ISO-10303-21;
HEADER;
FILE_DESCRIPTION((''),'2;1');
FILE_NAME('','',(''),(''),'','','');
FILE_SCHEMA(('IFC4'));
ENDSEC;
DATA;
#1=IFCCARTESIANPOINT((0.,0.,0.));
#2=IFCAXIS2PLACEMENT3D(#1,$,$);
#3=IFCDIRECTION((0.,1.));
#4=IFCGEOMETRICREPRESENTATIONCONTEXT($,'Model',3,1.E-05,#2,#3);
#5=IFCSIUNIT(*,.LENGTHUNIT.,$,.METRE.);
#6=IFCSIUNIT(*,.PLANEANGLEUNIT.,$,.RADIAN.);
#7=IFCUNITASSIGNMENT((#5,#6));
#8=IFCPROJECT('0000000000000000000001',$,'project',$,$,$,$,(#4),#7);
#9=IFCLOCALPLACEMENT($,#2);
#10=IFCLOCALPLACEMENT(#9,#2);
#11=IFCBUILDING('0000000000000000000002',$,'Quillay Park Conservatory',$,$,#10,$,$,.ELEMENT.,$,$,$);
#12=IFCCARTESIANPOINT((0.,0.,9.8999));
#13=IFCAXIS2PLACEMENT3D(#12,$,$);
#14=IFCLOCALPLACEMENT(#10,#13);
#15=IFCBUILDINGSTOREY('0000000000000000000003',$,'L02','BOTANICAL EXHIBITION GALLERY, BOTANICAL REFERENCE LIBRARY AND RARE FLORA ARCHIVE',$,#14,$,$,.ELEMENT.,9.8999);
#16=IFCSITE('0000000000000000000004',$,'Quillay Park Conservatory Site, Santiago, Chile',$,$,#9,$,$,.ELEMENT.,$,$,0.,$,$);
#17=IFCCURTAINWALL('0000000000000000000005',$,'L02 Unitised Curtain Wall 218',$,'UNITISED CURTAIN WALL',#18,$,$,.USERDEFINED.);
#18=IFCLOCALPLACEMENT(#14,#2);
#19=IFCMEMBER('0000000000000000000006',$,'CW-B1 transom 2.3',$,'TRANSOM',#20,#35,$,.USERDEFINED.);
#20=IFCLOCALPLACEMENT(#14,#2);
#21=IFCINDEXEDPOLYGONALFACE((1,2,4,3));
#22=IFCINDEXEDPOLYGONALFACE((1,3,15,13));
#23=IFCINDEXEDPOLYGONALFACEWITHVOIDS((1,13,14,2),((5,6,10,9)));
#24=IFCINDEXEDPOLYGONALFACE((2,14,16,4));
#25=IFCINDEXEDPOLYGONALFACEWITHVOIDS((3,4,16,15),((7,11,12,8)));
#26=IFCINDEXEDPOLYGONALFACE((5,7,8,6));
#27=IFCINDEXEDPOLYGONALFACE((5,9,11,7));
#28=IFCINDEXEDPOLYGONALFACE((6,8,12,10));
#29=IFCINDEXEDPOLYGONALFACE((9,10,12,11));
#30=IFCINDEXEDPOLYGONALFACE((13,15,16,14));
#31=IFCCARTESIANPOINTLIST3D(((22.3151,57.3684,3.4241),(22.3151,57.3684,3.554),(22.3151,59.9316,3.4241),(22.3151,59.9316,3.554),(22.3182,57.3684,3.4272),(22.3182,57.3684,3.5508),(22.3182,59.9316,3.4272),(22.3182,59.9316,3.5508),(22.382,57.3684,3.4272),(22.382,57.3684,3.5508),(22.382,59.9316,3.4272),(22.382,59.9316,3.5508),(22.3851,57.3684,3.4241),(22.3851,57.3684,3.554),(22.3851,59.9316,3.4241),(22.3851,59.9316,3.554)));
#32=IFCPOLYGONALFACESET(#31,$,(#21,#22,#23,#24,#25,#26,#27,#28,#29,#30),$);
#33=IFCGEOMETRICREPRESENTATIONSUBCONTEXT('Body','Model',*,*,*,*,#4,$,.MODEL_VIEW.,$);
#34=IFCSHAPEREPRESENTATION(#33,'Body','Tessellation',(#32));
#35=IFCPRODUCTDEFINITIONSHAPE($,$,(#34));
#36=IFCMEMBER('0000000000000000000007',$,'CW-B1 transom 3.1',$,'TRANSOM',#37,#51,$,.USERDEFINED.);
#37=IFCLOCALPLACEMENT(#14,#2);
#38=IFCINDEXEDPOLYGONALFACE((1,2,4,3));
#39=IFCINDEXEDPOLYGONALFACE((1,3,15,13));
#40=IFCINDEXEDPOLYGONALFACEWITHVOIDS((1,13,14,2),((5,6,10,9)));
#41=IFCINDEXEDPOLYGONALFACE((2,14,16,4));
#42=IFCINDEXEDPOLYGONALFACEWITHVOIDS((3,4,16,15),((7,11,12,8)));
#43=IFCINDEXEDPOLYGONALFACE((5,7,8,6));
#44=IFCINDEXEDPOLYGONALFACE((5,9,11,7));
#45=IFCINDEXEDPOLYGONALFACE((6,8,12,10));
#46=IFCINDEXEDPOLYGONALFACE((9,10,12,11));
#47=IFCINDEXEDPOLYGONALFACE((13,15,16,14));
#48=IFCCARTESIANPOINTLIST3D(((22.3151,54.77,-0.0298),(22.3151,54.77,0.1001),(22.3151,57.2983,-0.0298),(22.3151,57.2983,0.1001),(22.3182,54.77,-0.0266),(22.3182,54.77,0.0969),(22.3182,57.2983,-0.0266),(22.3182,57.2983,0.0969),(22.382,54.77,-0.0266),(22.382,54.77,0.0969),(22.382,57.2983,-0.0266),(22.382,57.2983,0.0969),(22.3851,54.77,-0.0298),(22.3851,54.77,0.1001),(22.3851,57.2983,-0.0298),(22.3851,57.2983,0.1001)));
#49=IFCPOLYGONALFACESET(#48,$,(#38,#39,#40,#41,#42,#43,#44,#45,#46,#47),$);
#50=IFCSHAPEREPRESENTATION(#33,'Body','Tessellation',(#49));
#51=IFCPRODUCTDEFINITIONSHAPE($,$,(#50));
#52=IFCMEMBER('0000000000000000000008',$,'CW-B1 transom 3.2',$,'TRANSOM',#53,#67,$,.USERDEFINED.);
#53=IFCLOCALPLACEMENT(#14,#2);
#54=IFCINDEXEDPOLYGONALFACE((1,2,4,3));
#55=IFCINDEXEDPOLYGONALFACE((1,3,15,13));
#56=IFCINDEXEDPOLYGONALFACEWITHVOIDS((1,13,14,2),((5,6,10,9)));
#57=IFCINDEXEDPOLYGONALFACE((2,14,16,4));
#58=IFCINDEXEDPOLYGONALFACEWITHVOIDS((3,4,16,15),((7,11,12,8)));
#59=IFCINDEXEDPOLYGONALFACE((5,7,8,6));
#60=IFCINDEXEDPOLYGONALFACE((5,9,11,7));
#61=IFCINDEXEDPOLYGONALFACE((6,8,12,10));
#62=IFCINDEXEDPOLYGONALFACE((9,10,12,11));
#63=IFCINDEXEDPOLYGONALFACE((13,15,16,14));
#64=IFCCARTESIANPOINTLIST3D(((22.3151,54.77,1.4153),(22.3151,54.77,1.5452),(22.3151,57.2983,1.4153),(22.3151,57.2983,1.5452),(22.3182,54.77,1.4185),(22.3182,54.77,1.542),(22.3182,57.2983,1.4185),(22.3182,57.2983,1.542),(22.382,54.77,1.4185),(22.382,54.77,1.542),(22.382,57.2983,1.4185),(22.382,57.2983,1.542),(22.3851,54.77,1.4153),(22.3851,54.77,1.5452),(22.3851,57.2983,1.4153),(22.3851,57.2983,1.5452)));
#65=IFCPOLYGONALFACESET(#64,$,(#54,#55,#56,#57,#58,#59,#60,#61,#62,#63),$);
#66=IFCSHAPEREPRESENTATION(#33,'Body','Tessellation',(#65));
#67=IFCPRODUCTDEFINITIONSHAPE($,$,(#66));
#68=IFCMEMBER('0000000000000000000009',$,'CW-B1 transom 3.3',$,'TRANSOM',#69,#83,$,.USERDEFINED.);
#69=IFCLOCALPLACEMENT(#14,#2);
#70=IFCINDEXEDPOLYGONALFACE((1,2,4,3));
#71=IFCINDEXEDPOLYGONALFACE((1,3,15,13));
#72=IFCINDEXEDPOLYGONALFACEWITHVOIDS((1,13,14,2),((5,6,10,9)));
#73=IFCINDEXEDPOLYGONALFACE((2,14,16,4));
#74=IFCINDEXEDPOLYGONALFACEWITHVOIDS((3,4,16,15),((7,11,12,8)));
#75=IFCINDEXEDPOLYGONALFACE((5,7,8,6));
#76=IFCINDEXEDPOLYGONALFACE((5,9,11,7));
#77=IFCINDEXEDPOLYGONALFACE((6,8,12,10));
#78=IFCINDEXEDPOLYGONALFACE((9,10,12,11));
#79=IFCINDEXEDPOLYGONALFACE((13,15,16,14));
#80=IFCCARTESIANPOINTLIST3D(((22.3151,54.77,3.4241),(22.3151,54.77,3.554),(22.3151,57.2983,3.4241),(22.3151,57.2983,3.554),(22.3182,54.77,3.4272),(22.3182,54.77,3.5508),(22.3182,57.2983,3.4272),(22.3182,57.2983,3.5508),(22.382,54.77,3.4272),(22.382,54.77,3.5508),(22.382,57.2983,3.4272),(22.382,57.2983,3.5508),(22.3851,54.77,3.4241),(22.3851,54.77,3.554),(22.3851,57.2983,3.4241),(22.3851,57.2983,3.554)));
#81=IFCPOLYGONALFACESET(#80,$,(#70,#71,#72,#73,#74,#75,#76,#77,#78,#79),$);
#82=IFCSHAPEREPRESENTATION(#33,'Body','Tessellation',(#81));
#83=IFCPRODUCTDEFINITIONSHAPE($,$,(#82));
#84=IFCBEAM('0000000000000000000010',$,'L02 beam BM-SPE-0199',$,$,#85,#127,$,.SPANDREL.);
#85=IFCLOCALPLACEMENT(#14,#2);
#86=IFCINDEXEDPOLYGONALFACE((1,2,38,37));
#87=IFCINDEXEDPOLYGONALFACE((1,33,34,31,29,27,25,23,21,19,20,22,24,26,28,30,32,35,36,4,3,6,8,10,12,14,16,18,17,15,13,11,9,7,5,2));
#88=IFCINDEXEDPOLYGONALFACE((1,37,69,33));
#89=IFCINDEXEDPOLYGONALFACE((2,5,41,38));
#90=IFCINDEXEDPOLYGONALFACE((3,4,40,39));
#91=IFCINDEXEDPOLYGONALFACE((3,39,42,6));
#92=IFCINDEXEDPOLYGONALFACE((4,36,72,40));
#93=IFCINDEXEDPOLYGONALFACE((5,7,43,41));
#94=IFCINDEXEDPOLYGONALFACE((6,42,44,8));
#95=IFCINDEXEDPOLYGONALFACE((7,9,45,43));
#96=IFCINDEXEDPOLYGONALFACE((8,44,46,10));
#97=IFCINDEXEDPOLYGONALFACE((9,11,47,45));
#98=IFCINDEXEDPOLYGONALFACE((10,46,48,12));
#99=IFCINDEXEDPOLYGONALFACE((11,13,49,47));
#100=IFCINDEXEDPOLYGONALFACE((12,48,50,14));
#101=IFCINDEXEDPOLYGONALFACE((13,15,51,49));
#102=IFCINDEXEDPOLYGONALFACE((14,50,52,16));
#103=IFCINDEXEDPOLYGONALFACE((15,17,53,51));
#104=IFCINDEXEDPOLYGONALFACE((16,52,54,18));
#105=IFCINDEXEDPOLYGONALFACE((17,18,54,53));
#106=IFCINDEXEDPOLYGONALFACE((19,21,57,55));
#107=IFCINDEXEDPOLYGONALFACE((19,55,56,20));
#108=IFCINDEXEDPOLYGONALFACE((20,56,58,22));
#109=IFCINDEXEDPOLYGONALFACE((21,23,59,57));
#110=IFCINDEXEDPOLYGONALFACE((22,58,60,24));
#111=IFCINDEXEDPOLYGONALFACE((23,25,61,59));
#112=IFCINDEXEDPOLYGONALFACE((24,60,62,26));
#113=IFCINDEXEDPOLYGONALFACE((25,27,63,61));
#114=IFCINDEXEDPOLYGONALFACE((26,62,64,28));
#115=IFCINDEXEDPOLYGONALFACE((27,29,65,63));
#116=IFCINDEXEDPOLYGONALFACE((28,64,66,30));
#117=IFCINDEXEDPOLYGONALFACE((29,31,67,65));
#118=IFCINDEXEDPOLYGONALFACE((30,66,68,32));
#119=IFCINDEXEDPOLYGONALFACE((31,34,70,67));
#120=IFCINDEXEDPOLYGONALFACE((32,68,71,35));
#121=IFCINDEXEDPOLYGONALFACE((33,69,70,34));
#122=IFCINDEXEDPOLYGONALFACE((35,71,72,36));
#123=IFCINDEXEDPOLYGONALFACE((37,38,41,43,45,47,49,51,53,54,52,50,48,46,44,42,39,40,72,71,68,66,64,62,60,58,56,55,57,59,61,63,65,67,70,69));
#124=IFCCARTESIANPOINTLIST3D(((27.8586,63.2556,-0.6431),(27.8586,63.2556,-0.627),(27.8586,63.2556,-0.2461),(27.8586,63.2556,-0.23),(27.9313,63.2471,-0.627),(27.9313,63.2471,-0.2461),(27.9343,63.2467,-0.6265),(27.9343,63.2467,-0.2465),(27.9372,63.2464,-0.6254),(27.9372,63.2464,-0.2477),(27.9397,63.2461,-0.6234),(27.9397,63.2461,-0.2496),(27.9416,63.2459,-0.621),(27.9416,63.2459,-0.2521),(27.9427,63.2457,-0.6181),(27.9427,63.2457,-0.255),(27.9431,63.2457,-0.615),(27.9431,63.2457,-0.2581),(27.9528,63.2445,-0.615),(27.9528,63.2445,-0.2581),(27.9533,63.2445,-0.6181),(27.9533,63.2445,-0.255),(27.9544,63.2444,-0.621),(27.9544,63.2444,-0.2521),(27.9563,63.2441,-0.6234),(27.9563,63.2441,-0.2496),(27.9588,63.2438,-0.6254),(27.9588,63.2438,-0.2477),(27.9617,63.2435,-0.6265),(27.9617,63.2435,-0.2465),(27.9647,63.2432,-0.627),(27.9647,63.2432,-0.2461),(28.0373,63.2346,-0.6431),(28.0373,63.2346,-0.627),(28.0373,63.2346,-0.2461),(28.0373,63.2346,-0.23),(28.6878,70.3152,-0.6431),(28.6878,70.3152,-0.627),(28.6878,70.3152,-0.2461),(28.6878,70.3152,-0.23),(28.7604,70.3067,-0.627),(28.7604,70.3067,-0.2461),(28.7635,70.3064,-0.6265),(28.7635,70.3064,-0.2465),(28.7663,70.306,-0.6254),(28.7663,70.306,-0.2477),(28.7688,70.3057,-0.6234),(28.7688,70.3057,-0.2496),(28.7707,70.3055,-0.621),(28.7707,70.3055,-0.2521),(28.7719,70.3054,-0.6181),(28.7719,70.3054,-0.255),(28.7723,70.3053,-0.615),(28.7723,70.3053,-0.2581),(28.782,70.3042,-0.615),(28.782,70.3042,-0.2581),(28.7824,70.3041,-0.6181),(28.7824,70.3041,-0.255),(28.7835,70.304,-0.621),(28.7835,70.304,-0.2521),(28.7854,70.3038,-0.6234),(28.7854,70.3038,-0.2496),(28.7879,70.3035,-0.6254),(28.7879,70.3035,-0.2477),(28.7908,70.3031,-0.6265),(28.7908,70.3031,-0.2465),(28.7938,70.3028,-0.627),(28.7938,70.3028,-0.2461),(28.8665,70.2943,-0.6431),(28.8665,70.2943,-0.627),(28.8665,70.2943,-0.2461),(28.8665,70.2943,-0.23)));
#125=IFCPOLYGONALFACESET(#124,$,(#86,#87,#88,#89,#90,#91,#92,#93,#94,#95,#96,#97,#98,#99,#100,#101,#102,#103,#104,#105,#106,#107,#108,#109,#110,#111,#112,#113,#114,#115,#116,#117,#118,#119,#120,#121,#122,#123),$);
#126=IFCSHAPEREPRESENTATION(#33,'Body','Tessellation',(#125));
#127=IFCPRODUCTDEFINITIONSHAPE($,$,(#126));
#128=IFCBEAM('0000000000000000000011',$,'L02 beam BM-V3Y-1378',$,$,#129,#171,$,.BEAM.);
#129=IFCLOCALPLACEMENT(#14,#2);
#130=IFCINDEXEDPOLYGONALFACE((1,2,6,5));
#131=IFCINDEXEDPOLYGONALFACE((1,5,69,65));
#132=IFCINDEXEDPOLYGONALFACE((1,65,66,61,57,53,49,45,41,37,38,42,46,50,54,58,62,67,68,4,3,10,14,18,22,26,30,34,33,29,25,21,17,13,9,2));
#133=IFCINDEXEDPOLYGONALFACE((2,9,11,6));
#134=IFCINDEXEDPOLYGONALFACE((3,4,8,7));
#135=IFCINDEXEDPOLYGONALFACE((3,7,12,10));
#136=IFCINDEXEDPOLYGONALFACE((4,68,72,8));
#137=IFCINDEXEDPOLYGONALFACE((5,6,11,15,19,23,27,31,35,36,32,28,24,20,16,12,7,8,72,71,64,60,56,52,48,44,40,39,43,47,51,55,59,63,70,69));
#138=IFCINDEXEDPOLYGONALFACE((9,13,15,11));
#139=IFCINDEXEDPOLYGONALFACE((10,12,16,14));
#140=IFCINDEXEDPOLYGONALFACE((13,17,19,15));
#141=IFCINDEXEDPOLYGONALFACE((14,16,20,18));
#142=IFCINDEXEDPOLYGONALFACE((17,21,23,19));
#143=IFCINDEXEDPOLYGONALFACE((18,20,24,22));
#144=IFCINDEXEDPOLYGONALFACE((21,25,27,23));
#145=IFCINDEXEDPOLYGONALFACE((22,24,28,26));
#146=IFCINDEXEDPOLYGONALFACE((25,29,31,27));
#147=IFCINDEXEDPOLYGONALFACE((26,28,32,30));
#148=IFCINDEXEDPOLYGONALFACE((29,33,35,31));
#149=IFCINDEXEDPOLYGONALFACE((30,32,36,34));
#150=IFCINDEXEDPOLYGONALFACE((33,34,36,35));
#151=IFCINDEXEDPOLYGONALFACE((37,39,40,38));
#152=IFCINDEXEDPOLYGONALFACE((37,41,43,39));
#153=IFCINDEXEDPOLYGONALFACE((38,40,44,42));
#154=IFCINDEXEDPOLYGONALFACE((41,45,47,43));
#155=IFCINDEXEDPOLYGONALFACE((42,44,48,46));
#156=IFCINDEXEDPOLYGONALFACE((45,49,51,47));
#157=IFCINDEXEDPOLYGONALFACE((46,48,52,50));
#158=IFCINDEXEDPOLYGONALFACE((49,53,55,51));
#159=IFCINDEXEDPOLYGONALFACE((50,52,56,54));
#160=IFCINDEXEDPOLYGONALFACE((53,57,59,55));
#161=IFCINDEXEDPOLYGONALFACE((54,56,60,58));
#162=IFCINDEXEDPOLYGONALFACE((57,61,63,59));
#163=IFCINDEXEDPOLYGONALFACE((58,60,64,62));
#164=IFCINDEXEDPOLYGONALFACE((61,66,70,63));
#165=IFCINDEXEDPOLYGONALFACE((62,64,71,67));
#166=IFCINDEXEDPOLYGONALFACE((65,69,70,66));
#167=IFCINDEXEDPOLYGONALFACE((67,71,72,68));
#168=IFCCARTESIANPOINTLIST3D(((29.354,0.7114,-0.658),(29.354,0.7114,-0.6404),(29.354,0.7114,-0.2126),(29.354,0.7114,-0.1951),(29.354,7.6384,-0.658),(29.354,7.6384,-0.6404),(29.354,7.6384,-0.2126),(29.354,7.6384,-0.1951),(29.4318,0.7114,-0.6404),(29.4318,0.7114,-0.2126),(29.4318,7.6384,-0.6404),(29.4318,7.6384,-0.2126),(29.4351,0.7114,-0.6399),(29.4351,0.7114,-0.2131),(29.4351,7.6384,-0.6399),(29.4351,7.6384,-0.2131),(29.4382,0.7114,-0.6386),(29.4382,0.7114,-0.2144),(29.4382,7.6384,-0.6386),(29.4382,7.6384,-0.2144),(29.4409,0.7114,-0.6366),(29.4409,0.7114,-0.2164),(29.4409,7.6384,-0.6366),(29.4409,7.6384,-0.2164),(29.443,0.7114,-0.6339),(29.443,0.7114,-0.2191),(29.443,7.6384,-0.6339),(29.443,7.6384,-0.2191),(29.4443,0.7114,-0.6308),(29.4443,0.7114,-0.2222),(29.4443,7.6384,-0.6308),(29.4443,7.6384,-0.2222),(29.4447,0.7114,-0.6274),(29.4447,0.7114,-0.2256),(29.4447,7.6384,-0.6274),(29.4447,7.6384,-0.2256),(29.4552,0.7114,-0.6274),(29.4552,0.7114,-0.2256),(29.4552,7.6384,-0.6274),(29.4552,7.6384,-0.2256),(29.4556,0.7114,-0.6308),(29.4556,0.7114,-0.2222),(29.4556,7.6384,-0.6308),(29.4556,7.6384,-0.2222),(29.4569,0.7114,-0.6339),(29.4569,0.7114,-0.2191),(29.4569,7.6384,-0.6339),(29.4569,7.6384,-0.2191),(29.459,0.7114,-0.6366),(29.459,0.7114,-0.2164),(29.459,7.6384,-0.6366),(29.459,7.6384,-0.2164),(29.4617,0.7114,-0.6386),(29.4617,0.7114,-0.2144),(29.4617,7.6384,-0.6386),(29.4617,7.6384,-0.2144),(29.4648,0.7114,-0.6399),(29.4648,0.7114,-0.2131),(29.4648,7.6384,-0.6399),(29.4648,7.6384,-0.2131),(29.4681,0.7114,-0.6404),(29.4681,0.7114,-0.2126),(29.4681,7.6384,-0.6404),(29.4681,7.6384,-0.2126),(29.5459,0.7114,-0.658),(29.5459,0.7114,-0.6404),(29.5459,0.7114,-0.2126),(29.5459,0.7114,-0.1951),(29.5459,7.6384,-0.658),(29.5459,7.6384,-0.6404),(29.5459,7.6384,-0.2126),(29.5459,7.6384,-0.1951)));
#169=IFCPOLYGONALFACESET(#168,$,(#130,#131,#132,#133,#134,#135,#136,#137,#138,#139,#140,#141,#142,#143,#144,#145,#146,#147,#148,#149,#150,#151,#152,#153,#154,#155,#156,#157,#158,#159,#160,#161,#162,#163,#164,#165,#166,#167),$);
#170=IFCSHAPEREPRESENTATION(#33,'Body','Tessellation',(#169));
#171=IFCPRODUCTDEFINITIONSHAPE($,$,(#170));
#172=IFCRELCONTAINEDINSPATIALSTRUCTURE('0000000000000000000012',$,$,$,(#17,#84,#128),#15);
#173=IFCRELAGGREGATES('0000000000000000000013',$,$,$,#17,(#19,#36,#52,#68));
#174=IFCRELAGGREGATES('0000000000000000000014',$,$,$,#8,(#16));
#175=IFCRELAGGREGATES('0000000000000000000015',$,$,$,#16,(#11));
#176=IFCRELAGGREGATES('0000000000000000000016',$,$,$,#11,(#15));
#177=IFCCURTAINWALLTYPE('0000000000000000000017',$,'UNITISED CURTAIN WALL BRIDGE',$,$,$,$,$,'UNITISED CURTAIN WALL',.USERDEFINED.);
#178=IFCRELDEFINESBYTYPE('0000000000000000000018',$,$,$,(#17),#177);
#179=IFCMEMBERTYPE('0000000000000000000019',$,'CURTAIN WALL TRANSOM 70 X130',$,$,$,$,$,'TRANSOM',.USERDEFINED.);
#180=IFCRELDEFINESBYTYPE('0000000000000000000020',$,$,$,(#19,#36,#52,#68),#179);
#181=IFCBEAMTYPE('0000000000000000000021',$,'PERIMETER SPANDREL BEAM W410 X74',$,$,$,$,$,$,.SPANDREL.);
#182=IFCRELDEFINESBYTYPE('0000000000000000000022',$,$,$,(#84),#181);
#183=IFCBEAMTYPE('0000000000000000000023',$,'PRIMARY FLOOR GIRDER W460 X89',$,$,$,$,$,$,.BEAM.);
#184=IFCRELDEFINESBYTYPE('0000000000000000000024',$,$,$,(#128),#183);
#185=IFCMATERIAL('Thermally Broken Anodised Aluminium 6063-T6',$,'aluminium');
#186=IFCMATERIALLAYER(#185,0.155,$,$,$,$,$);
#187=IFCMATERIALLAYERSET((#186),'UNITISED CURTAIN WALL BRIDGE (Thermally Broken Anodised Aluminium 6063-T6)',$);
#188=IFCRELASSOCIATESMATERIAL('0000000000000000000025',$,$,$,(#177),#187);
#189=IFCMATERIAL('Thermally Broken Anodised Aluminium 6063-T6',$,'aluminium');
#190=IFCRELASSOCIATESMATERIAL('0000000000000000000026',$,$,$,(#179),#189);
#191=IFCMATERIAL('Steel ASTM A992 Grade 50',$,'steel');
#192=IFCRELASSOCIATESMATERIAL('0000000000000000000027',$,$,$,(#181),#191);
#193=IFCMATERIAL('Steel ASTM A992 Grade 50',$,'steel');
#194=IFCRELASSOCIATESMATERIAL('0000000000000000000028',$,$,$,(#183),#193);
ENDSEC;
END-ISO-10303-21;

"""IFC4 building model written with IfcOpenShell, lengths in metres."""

from ifc_helpers import new_model, si_unit, direction, frame, origin, origin_2d, place, context, subcontext, project, spatial, hollow_rectangle, i_section, extrude, material, layer, layer_set, material_profile, profile_set, type_object, element, aggregate, save


model = new_model("IFC4")

# Units and contexts
model_context = context("Model", 3, precision=1e-05, world=origin(), true_north=direction((0.0, 1.0)))
body_context = subcontext(model_context, "Body", "Model", "MODEL_VIEW")
ifc_project = project(units=[si_unit("LENGTHUNIT", "METRE"), si_unit("PLANEANGLEUNIT", "RADIAN")], contexts=[model_context])

# Site, building, storey
site_placement = place(None, origin())
site = spatial("IfcSite", under=ifc_project, at=site_placement, Name="Quillay Park Conservatory Site, Santiago, Chile", CompositionType="ELEMENT", RefElevation=0.0)
building_placement = place(site_placement, origin())
building = spatial("IfcBuilding", under=site, at=building_placement, Name="Quillay Park Conservatory", CompositionType="ELEMENT")
storey_placement = place(building_placement, frame((0.0, 0.0, 9.8999)))
storey = spatial("IfcBuildingStorey", under=building, at=storey_placement, Name="L02", Description="BOTANICAL EXHIBITION GALLERY, BOTANICAL REFERENCE LIBRARY AND RARE FLORA ARCHIVE", CompositionType="ELEMENT", Elevation=9.8999)

# Curtain wall
ifc_material_1 = material(Name="Thermally Broken Anodised Aluminium 6063-T6", Category="aluminium")
ifc_layer_1 = layer(ifc_material_1, 0.155)
ifc_layer_set_1 = layer_set([ifc_layer_1], Name="UNITISED CURTAIN WALL BRIDGE (Thermally Broken Anodised Aluminium 6063-T6)")
curtain_wall_type_1 = type_object("IfcCurtainWallType", Name="UNITISED CURTAIN WALL BRIDGE", ElementType="UNITISED CURTAIN WALL", PredefinedType="USERDEFINED", material=ifc_layer_set_1)
curtain_wall_1_placement = place(storey_placement, origin())
curtain_wall_1 = element("IfcCurtainWall", 1, at=curtain_wall_1_placement, inside=storey, type_object=curtain_wall_type_1, Name="L02 Unitised Curtain Wall 218", ObjectType="UNITISED CURTAIN WALL", PredefinedType="USERDEFINED")

# Members
ifc_material_2 = material(Name="Thermally Broken Anodised Aluminium 6063-T6", Category="aluminium")
ifc_material_profile_1 = material_profile(ifc_material_2, hollow_rectangle(XDim=0.0701, YDim=0.1299, WallThickness=0.0032, at=origin_2d()), Name="AL70x130x3.2")
ifc_profile_set_1 = profile_set([ifc_material_profile_1], Name="Thermally Broken Anodised Aluminium 6063-T6")
member_type_1 = type_object("IfcMemberType", Name="CURTAIN WALL TRANSOM 70 X130", ElementType="TRANSOM", PredefinedType="USERDEFINED", material=ifc_profile_set_1)
member_1_placement = place(storey_placement, frame((22.3501, 59.9316, 3.489), z_axis=(0.0, -1.0, 0.0), x_axis=(1.0, 0.0, 0.0)))
member_1 = element("IfcMember", 2, at=member_1_placement, type_object=member_type_1, Name="CW-B1 transom 2.3", ObjectType="TRANSOM", PredefinedType="USERDEFINED", context=body_context, shape_type="SweptSolid", body=[
    extrude(hollow_rectangle(XDim=0.0701, YDim=0.1299, WallThickness=0.0032, at=origin_2d()), origin(), (0.0, 0.0, 1.0), 2.5632),
])
member_2_placement = place(storey_placement, frame((22.3501, 57.2983, 0.0352), z_axis=(0.0, -1.0, 0.0), x_axis=(1.0, 0.0, 0.0)))
member_2 = element("IfcMember", 3, at=member_2_placement, type_object=member_type_1, Name="CW-B1 transom 3.1", ObjectType="TRANSOM", PredefinedType="USERDEFINED", context=body_context, shape_type="SweptSolid", body=[
    extrude(hollow_rectangle(XDim=0.0701, YDim=0.1299, WallThickness=0.0032, at=origin_2d()), origin(), (0.0, 0.0, 1.0), 2.5283),
])
member_3_placement = place(storey_placement, frame((22.3501, 57.2983, 1.4802), z_axis=(0.0, -1.0, 0.0), x_axis=(1.0, 0.0, 0.0)))
member_3 = element("IfcMember", 4, at=member_3_placement, type_object=member_type_1, Name="CW-B1 transom 3.2", ObjectType="TRANSOM", PredefinedType="USERDEFINED", context=body_context, shape_type="SweptSolid", body=[
    extrude(hollow_rectangle(XDim=0.0701, YDim=0.1299, WallThickness=0.0032, at=origin_2d()), origin(), (0.0, 0.0, 1.0), 2.5283),
])
member_4_placement = place(storey_placement, frame((22.3501, 57.2983, 3.489), z_axis=(0.0, -1.0, 0.0), x_axis=(1.0, 0.0, 0.0)))
member_4 = element("IfcMember", 5, at=member_4_placement, type_object=member_type_1, Name="CW-B1 transom 3.3", ObjectType="TRANSOM", PredefinedType="USERDEFINED", context=body_context, shape_type="SweptSolid", body=[
    extrude(hollow_rectangle(XDim=0.0701, YDim=0.1299, WallThickness=0.0032, at=origin_2d()), origin(), (0.0, 0.0, 1.0), 2.5283),
])

# Beams
ifc_material_3 = material(Name="Steel ASTM A992 Grade 50", Category="steel")
ifc_material_profile_2 = material_profile(ifc_material_3, i_section(OverallWidth=0.1799, OverallDepth=0.4131, WebThickness=0.0098, FlangeThickness=0.0161, FilletRadius=0.012, at=origin_2d()), Name="W410x74")
ifc_profile_set_2 = profile_set([ifc_material_profile_2], Name="Steel ASTM A992 Grade 50")
beam_type_1 = type_object("IfcBeamType", Name="PERIMETER SPANDREL BEAM W410 X74", PredefinedType="SPANDREL", material=ifc_profile_set_2)
beam_1_placement = place(storey_placement, frame((27.948, 63.2451, -0.4365), z_axis=(0.116642, 0.993174, 0.0), x_axis=(-0.993174, 0.116642, 0.0)))
element("IfcBeam", 6, at=beam_1_placement, inside=storey, type_object=beam_type_1, Name="L02 beam BM-SPE-0199", PredefinedType="SPANDREL", context=body_context, shape_type="SweptSolid", body=[
    extrude(i_section(OverallWidth=0.1799, OverallDepth=0.4131, WebThickness=0.0098, FlangeThickness=0.0161, FilletRadius=0.012, at=origin_2d()), origin(), (0.0, 0.0, 1.0), 7.1082),
])
ifc_material_4 = material(Name="Steel ASTM A992 Grade 50", Category="steel")
ifc_material_profile_3 = material_profile(ifc_material_4, i_section(OverallWidth=0.1919, OverallDepth=0.4629, WebThickness=0.0105, FlangeThickness=0.0176, FilletRadius=0.0129, at=origin_2d()), Name="W460x89")
ifc_profile_set_3 = profile_set([ifc_material_profile_3], Name="Steel ASTM A992 Grade 50")
beam_type_2 = type_object("IfcBeamType", Name="PRIMARY FLOOR GIRDER W460 X89", PredefinedType="BEAM", material=ifc_profile_set_3)
beam_2_placement = place(storey_placement, frame((29.45, 0.7114, -0.4265), z_axis=(0.0, 1.0, 0.0), x_axis=(-1.0, 0.0, 0.0)))
element("IfcBeam", 7, at=beam_2_placement, inside=storey, type_object=beam_type_2, Name="L02 beam BM-V3Y-1378", PredefinedType="BEAM", context=body_context, shape_type="SweptSolid", body=[
    extrude(i_section(OverallWidth=0.1919, OverallDepth=0.4629, WebThickness=0.0105, FlangeThickness=0.0176, FilletRadius=0.0129, at=origin_2d()), origin(), (0.0, 0.0, 1.0), 6.927),
])

aggregate(curtain_wall_1, [member_1, member_2, member_3, member_4])

save(model, "model.ifc")
